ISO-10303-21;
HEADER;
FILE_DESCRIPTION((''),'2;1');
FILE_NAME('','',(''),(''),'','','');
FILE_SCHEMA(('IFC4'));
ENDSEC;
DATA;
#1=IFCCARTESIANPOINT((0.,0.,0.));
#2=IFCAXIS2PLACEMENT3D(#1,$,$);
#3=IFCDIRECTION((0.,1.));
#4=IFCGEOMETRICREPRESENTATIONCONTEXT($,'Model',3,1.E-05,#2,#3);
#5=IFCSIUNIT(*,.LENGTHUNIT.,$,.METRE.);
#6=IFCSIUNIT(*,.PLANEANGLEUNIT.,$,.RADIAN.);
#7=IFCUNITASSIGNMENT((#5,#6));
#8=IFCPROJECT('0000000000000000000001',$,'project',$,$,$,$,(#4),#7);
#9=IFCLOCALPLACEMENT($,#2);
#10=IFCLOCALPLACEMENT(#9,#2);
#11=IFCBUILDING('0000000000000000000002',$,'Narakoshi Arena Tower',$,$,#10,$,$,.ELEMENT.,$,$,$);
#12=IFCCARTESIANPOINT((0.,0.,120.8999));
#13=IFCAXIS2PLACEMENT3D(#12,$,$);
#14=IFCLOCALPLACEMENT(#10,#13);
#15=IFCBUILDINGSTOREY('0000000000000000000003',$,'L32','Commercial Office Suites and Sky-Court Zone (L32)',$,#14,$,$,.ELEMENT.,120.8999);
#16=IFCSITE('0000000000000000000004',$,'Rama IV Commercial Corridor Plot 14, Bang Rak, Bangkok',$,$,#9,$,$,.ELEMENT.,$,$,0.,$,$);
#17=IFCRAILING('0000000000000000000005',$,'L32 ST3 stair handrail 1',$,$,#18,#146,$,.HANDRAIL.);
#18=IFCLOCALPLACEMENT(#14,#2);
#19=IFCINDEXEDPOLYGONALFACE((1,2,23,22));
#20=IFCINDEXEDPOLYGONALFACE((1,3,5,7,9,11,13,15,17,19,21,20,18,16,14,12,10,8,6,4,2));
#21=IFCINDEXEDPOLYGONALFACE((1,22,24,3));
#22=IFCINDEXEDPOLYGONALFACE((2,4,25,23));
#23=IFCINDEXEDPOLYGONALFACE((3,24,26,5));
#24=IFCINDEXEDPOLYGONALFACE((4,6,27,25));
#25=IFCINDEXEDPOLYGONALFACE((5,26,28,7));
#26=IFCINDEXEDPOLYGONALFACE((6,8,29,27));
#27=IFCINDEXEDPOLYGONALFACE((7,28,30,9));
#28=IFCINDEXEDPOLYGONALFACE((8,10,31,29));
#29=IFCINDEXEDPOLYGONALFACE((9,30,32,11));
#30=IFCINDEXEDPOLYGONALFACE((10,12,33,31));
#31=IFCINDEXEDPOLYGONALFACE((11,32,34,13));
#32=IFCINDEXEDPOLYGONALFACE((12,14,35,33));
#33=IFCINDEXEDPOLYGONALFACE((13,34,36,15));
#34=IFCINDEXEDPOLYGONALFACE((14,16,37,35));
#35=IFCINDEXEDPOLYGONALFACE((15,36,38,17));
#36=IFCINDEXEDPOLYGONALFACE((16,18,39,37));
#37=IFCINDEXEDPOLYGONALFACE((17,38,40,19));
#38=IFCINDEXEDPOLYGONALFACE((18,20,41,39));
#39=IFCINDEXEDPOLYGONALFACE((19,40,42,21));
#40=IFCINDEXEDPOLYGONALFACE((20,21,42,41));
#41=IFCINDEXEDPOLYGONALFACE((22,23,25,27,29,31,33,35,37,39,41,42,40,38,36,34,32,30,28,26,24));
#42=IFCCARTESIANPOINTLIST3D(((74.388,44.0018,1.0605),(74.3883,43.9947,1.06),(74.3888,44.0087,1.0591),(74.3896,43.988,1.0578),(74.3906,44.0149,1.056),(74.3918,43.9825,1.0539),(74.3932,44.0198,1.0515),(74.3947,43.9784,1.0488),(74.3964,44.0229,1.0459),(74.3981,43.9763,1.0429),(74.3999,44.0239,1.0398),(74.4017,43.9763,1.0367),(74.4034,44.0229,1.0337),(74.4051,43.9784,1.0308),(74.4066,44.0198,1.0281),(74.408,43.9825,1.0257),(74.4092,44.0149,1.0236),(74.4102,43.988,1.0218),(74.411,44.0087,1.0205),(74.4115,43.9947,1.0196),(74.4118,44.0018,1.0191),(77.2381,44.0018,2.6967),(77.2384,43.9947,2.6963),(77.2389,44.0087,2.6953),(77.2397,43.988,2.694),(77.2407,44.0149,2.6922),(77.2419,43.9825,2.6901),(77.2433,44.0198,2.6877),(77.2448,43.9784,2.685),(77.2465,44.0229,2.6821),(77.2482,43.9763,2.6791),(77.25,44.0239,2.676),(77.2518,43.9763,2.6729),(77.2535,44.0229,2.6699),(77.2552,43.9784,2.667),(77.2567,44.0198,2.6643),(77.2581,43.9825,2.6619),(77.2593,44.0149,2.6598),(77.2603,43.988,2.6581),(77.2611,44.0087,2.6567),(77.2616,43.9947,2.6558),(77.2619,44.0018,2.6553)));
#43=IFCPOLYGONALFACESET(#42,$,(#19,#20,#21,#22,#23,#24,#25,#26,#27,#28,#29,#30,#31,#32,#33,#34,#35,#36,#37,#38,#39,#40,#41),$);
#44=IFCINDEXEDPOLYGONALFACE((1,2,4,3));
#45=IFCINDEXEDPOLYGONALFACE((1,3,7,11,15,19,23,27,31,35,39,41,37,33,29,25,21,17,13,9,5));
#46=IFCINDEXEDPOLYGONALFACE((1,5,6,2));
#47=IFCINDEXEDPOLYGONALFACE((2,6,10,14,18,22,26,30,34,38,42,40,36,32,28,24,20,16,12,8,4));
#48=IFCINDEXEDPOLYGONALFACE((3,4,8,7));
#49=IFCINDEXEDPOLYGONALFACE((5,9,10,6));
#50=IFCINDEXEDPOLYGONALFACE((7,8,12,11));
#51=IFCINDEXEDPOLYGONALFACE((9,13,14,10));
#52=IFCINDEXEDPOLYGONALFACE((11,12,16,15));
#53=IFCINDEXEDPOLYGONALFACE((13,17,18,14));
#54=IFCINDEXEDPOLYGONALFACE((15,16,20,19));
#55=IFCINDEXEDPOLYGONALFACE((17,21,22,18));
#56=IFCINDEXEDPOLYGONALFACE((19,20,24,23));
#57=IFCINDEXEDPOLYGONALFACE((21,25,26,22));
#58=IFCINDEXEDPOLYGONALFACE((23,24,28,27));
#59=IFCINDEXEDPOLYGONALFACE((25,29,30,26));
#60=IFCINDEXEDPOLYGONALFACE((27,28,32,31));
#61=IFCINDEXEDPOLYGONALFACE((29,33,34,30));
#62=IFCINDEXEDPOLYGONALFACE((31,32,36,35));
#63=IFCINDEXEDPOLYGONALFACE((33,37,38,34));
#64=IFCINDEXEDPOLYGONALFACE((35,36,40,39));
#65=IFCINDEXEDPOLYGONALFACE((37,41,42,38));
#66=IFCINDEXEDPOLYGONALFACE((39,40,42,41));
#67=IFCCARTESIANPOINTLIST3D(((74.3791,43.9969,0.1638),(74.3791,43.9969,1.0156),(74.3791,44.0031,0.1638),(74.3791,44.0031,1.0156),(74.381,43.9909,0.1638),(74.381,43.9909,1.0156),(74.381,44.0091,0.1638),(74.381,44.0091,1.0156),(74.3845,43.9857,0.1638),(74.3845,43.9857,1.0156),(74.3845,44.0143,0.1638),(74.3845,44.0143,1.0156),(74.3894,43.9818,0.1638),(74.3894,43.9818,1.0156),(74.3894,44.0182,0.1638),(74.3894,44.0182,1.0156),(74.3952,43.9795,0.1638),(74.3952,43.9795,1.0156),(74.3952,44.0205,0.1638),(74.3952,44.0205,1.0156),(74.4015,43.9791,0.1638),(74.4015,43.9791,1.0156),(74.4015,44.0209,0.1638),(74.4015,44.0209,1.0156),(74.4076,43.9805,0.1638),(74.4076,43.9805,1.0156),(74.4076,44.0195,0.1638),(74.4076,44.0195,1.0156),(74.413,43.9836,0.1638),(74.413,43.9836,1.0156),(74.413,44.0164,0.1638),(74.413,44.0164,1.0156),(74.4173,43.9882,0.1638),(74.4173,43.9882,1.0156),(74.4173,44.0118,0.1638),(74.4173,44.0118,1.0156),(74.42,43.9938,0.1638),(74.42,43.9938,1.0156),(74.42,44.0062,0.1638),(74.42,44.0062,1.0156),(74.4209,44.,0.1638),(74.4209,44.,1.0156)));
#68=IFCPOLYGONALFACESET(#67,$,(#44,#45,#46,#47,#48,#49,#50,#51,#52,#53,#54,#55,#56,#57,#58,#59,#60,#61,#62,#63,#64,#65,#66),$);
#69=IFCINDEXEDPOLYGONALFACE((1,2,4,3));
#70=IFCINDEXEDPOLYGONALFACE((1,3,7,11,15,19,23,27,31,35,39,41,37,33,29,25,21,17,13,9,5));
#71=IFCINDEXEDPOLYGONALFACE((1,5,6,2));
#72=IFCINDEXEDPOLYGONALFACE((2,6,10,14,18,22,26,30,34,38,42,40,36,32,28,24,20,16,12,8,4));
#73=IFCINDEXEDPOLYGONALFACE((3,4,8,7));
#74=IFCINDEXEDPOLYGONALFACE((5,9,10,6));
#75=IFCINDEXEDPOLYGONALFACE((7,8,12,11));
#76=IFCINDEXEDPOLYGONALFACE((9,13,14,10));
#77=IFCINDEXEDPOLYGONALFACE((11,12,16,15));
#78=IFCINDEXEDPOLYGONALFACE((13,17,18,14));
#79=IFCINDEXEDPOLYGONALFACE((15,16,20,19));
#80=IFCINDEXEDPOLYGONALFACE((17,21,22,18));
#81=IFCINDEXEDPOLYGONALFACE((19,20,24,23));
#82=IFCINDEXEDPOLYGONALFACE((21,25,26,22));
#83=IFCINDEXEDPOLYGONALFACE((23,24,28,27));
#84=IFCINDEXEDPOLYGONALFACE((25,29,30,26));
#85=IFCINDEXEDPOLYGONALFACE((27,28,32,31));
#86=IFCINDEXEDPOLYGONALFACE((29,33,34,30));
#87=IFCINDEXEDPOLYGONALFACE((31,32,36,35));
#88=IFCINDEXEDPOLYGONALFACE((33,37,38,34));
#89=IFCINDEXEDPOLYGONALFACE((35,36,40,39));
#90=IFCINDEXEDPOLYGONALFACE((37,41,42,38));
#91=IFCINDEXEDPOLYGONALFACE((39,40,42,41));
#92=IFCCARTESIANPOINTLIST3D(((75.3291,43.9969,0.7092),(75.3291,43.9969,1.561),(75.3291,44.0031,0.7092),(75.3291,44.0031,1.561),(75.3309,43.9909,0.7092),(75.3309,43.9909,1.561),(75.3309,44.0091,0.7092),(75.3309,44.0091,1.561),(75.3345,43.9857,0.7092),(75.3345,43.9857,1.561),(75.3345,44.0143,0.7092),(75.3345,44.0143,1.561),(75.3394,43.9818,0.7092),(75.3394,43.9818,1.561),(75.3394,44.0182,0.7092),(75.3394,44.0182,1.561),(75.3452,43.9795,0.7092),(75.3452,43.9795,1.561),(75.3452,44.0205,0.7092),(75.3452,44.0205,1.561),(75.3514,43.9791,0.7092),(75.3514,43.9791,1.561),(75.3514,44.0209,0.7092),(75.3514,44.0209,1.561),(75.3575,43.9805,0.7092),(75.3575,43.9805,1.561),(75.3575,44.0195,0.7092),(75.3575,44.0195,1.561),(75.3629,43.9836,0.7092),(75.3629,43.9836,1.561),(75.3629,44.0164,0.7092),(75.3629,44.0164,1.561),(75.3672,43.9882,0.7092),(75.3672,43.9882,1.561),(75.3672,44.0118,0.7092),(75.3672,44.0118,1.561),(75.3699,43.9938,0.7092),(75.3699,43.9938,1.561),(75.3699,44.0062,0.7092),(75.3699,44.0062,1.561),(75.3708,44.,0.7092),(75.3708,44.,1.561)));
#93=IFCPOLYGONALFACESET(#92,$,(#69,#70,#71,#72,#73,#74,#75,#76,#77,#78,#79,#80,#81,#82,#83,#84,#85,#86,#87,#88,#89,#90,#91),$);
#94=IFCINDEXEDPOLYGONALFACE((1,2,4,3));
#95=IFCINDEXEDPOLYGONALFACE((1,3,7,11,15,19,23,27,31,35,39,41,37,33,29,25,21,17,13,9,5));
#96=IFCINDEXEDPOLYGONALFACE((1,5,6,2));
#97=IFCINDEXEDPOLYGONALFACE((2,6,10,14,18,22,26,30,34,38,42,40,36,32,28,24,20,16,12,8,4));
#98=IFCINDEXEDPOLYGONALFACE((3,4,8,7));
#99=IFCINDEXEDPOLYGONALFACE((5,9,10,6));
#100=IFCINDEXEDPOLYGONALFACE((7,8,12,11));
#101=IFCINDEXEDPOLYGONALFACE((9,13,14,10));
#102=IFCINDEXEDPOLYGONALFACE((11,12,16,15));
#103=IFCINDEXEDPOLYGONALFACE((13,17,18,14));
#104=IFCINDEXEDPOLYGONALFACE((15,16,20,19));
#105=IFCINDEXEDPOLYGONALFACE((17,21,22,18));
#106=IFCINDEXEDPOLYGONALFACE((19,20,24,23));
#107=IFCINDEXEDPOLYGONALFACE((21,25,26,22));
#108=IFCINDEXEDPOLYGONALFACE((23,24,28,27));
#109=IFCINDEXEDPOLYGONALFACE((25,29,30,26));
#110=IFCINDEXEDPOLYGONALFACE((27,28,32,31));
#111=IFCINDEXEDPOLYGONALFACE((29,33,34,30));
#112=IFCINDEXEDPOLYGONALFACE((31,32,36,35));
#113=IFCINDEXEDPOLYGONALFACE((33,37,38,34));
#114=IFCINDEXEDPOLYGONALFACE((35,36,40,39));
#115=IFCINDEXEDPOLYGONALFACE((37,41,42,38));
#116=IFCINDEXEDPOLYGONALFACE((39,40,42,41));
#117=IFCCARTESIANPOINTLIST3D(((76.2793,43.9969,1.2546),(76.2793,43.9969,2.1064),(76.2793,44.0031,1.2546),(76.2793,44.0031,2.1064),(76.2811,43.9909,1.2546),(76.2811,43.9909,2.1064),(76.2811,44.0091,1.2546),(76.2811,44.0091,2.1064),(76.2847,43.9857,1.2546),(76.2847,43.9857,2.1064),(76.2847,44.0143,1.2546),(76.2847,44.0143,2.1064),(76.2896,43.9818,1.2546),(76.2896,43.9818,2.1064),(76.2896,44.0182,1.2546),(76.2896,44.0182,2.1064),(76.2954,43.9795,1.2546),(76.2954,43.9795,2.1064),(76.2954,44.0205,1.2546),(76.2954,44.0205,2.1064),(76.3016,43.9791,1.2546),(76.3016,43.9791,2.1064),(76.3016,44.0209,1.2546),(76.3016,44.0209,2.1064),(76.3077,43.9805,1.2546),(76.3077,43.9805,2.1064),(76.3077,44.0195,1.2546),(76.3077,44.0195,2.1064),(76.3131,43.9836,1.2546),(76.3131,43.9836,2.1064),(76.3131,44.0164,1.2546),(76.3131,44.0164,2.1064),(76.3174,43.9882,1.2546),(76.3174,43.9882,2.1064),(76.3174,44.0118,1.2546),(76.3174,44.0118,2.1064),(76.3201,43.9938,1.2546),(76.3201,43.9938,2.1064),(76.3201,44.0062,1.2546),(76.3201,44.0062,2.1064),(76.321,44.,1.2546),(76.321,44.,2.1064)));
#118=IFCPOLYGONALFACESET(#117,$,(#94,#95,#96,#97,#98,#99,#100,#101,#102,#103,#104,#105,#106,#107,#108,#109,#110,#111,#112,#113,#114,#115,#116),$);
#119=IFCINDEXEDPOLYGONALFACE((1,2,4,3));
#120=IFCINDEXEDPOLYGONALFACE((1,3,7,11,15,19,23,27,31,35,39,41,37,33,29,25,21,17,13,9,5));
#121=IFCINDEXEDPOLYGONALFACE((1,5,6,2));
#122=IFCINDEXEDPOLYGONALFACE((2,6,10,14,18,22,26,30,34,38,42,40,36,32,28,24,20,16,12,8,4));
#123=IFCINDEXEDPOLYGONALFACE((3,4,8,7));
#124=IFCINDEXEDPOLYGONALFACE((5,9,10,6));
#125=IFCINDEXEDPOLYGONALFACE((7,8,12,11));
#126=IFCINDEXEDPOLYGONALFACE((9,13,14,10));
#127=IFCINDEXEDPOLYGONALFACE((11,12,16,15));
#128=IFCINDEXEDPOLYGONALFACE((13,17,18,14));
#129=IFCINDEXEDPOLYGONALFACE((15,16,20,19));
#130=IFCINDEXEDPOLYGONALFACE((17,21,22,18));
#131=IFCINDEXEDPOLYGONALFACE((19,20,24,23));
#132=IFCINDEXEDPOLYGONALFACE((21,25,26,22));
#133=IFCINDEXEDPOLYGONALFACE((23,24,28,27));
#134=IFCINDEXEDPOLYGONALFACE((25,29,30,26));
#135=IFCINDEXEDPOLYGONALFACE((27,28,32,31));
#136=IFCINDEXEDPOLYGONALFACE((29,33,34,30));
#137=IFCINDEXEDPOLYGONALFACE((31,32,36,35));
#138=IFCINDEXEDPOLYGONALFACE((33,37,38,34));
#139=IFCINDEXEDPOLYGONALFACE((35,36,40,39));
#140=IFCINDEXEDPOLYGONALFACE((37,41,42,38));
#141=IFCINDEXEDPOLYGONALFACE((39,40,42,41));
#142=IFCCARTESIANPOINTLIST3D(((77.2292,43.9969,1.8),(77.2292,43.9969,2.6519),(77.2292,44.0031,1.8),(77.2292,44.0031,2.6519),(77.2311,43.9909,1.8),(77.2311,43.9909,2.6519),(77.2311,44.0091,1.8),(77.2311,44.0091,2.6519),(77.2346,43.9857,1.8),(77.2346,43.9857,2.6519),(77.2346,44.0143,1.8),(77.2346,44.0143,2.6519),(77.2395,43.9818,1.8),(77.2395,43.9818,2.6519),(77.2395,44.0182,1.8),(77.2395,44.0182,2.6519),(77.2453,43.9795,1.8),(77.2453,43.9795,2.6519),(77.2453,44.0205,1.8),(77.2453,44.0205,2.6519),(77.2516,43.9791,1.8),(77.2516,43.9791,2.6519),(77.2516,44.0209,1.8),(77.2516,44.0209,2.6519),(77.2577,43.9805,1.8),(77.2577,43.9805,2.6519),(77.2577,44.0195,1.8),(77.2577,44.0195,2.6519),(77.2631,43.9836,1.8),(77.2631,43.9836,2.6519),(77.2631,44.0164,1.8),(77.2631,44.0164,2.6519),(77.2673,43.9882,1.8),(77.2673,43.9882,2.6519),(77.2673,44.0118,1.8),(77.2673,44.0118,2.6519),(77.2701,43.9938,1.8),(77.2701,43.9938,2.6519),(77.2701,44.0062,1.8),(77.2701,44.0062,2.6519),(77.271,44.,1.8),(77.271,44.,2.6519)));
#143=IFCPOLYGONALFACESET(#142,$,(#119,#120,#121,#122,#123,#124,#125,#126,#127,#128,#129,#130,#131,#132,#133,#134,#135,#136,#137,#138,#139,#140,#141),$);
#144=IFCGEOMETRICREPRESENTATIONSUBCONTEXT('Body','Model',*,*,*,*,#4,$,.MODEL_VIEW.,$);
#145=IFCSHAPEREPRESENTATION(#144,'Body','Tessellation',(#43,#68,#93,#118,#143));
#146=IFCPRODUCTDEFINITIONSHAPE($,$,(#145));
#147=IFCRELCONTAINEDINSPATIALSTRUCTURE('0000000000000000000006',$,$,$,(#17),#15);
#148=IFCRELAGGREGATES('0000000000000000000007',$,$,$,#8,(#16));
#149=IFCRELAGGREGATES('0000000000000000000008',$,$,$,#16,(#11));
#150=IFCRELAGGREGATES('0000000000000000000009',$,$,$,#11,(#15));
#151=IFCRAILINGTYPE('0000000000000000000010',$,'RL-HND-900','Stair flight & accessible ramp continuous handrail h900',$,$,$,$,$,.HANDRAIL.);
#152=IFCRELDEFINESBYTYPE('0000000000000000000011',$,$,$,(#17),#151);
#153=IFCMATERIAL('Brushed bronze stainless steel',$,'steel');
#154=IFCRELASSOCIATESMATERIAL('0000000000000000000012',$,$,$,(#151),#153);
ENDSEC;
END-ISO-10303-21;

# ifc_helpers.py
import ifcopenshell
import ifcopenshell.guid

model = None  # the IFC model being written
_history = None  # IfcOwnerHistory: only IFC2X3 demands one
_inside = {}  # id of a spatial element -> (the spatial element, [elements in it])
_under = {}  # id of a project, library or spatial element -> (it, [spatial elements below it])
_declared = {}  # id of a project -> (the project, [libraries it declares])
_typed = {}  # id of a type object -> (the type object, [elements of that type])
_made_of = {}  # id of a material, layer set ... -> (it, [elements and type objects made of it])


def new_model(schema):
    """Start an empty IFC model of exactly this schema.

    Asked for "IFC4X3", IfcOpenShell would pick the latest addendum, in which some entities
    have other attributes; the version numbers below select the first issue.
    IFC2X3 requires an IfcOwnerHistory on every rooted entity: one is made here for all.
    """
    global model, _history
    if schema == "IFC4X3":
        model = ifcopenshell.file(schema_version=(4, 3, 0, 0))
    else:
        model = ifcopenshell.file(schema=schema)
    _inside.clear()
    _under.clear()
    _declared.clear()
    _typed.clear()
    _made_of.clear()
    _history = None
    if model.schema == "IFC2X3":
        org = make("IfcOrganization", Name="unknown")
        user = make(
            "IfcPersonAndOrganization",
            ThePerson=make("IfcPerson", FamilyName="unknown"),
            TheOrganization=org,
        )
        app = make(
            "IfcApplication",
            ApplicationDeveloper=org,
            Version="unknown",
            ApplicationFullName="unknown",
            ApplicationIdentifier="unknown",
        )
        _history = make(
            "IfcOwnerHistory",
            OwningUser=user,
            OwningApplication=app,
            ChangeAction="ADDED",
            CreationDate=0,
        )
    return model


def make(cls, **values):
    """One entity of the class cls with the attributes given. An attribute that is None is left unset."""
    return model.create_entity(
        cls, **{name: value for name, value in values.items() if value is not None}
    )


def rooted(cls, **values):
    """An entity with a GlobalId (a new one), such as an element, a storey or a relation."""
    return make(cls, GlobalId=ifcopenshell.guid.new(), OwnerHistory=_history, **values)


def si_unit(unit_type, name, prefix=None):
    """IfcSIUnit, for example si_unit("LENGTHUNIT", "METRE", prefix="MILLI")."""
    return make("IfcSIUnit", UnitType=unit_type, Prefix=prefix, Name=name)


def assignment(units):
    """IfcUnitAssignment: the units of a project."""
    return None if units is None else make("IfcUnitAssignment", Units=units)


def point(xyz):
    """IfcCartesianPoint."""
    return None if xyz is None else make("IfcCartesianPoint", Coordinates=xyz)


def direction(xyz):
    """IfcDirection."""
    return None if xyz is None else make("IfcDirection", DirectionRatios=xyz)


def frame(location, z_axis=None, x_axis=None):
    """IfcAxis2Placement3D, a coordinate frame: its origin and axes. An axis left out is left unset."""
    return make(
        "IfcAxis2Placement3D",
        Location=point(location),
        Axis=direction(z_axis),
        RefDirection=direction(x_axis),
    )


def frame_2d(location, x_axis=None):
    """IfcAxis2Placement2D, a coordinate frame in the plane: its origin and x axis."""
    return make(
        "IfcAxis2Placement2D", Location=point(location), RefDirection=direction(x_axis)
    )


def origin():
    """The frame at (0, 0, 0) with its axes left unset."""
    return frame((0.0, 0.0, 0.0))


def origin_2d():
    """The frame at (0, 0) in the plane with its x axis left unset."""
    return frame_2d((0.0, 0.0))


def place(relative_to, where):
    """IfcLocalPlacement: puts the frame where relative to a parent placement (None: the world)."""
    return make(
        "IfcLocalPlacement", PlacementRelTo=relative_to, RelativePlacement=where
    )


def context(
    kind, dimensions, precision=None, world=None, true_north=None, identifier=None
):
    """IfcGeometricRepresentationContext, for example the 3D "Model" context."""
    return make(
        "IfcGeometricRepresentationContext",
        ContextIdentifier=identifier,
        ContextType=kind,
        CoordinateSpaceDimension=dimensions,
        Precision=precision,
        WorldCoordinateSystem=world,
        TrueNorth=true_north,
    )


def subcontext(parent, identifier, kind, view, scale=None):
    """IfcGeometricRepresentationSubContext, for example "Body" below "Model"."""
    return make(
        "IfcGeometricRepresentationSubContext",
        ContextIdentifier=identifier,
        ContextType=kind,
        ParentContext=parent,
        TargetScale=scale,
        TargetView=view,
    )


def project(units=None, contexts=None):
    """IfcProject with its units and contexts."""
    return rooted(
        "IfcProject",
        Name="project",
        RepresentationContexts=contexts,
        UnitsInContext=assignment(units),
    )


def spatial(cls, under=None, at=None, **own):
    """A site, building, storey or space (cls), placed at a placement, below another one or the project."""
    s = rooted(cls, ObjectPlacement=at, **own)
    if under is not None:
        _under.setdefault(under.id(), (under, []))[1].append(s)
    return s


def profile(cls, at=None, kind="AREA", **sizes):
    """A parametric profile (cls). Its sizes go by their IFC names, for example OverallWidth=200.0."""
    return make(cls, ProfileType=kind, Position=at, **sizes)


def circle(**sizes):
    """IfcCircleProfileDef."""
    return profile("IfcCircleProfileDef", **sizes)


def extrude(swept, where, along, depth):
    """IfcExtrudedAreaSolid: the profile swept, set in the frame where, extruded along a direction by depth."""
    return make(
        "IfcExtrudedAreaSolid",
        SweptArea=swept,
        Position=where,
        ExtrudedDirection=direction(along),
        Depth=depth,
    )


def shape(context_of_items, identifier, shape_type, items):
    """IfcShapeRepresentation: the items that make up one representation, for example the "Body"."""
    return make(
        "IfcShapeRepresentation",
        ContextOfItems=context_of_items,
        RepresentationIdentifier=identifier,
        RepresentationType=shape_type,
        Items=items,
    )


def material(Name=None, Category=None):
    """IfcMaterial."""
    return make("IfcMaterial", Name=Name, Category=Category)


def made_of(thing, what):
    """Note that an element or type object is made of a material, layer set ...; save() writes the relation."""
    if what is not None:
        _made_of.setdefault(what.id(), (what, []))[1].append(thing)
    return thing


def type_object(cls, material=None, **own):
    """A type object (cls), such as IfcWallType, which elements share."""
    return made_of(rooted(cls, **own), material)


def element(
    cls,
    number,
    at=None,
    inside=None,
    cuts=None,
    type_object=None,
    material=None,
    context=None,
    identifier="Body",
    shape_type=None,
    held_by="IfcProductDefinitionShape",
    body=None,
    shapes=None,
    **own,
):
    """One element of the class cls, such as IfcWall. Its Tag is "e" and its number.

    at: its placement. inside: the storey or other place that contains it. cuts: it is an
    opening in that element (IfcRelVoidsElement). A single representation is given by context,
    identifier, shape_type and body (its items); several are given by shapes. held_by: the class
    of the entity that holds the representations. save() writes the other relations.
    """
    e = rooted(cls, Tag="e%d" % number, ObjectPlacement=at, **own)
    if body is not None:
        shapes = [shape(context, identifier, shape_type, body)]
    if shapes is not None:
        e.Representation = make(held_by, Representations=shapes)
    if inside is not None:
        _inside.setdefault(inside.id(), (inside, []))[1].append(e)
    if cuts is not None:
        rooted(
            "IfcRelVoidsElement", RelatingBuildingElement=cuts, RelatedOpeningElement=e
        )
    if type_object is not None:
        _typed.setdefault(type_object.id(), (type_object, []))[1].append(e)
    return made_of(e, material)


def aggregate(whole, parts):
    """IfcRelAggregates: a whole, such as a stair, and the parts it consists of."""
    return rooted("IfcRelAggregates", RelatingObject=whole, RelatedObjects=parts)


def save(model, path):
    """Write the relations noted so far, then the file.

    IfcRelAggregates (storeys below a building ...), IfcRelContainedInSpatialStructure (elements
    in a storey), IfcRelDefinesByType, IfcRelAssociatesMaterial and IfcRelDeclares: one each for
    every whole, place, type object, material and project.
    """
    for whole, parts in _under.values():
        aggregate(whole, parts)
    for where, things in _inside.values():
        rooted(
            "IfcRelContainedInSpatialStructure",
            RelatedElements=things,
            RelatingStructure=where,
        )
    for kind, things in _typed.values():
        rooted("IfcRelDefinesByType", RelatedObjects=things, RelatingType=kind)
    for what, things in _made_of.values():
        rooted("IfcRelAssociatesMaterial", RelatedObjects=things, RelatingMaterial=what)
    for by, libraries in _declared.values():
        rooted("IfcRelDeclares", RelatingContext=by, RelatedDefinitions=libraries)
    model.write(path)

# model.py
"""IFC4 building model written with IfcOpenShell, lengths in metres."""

from ifc_helpers import new_model, si_unit, direction, frame, origin, origin_2d, place, context, subcontext, project, spatial, circle, extrude, material, type_object, element, save


model = new_model("IFC4")

# Units and contexts
model_context = context("Model", 3, precision=1e-05, world=origin(), true_north=direction((0.0, 1.0)))
body_context = subcontext(model_context, "Body", "Model", "MODEL_VIEW")
ifc_project = project(units=[si_unit("LENGTHUNIT", "METRE"), si_unit("PLANEANGLEUNIT", "RADIAN")], contexts=[model_context])

# Site, building, storey
site_placement = place(None, origin())
site = spatial("IfcSite", under=ifc_project, at=site_placement, Name="Rama IV Commercial Corridor Plot 14, Bang Rak, Bangkok", CompositionType="ELEMENT", RefElevation=0.0)
building_placement = place(site_placement, origin())
building = spatial("IfcBuilding", under=site, at=building_placement, Name="Narakoshi Arena Tower", CompositionType="ELEMENT")
storey_placement = place(building_placement, frame((0.0, 0.0, 120.8999)))
storey = spatial("IfcBuildingStorey", under=building, at=storey_placement, Name="L32", Description="Commercial Office Suites and Sky-Court Zone (L32)", CompositionType="ELEMENT", Elevation=120.8999)

# Shared definitions
ifc_material_1 = material(Name="Brushed bronze stainless steel", Category="steel")

# Railing
railing_type_1 = type_object("IfcRailingType", Name="RL-HND-900", Description="Stair flight & accessible ramp continuous handrail h900", PredefinedType="HANDRAIL", material=ifc_material_1)
railing_1_placement = place(storey_placement, frame((74.3999, 44.0, 0.1638)))
element("IfcRailing", 1, at=railing_1_placement, inside=storey, type_object=railing_type_1, Name="L32 ST3 stair handrail 1", PredefinedType="HANDRAIL", context=body_context, shape_type="SweptSolid", body=[
    extrude(circle(Radius=0.0239, at=origin_2d()), frame((0.0, 0.0, 0.876), z_axis=(0.867245, 0.0, 0.497882), x_axis=(0.0, 1.0, 0.0)), (0.0, 0.0, 1.0), 3.2864),
    extrude(circle(Radius=0.021, at=origin_2d()), origin(), (0.0, 0.0, 1.0), 0.8518),
    extrude(circle(Radius=0.021, at=origin_2d()), frame((0.95, 0.0, 0.5454)), (0.0, 0.0, 1.0), 0.8518),
    extrude(circle(Radius=0.021, at=origin_2d()), frame((1.9001, 0.0, 1.0908)), (0.0, 0.0, 1.0), 0.8518),
    extrude(circle(Radius=0.021, at=origin_2d()), frame((2.8501, 0.0, 1.6362)), (0.0, 0.0, 1.0), 0.8518),
])

save(model, "model.ifc")
